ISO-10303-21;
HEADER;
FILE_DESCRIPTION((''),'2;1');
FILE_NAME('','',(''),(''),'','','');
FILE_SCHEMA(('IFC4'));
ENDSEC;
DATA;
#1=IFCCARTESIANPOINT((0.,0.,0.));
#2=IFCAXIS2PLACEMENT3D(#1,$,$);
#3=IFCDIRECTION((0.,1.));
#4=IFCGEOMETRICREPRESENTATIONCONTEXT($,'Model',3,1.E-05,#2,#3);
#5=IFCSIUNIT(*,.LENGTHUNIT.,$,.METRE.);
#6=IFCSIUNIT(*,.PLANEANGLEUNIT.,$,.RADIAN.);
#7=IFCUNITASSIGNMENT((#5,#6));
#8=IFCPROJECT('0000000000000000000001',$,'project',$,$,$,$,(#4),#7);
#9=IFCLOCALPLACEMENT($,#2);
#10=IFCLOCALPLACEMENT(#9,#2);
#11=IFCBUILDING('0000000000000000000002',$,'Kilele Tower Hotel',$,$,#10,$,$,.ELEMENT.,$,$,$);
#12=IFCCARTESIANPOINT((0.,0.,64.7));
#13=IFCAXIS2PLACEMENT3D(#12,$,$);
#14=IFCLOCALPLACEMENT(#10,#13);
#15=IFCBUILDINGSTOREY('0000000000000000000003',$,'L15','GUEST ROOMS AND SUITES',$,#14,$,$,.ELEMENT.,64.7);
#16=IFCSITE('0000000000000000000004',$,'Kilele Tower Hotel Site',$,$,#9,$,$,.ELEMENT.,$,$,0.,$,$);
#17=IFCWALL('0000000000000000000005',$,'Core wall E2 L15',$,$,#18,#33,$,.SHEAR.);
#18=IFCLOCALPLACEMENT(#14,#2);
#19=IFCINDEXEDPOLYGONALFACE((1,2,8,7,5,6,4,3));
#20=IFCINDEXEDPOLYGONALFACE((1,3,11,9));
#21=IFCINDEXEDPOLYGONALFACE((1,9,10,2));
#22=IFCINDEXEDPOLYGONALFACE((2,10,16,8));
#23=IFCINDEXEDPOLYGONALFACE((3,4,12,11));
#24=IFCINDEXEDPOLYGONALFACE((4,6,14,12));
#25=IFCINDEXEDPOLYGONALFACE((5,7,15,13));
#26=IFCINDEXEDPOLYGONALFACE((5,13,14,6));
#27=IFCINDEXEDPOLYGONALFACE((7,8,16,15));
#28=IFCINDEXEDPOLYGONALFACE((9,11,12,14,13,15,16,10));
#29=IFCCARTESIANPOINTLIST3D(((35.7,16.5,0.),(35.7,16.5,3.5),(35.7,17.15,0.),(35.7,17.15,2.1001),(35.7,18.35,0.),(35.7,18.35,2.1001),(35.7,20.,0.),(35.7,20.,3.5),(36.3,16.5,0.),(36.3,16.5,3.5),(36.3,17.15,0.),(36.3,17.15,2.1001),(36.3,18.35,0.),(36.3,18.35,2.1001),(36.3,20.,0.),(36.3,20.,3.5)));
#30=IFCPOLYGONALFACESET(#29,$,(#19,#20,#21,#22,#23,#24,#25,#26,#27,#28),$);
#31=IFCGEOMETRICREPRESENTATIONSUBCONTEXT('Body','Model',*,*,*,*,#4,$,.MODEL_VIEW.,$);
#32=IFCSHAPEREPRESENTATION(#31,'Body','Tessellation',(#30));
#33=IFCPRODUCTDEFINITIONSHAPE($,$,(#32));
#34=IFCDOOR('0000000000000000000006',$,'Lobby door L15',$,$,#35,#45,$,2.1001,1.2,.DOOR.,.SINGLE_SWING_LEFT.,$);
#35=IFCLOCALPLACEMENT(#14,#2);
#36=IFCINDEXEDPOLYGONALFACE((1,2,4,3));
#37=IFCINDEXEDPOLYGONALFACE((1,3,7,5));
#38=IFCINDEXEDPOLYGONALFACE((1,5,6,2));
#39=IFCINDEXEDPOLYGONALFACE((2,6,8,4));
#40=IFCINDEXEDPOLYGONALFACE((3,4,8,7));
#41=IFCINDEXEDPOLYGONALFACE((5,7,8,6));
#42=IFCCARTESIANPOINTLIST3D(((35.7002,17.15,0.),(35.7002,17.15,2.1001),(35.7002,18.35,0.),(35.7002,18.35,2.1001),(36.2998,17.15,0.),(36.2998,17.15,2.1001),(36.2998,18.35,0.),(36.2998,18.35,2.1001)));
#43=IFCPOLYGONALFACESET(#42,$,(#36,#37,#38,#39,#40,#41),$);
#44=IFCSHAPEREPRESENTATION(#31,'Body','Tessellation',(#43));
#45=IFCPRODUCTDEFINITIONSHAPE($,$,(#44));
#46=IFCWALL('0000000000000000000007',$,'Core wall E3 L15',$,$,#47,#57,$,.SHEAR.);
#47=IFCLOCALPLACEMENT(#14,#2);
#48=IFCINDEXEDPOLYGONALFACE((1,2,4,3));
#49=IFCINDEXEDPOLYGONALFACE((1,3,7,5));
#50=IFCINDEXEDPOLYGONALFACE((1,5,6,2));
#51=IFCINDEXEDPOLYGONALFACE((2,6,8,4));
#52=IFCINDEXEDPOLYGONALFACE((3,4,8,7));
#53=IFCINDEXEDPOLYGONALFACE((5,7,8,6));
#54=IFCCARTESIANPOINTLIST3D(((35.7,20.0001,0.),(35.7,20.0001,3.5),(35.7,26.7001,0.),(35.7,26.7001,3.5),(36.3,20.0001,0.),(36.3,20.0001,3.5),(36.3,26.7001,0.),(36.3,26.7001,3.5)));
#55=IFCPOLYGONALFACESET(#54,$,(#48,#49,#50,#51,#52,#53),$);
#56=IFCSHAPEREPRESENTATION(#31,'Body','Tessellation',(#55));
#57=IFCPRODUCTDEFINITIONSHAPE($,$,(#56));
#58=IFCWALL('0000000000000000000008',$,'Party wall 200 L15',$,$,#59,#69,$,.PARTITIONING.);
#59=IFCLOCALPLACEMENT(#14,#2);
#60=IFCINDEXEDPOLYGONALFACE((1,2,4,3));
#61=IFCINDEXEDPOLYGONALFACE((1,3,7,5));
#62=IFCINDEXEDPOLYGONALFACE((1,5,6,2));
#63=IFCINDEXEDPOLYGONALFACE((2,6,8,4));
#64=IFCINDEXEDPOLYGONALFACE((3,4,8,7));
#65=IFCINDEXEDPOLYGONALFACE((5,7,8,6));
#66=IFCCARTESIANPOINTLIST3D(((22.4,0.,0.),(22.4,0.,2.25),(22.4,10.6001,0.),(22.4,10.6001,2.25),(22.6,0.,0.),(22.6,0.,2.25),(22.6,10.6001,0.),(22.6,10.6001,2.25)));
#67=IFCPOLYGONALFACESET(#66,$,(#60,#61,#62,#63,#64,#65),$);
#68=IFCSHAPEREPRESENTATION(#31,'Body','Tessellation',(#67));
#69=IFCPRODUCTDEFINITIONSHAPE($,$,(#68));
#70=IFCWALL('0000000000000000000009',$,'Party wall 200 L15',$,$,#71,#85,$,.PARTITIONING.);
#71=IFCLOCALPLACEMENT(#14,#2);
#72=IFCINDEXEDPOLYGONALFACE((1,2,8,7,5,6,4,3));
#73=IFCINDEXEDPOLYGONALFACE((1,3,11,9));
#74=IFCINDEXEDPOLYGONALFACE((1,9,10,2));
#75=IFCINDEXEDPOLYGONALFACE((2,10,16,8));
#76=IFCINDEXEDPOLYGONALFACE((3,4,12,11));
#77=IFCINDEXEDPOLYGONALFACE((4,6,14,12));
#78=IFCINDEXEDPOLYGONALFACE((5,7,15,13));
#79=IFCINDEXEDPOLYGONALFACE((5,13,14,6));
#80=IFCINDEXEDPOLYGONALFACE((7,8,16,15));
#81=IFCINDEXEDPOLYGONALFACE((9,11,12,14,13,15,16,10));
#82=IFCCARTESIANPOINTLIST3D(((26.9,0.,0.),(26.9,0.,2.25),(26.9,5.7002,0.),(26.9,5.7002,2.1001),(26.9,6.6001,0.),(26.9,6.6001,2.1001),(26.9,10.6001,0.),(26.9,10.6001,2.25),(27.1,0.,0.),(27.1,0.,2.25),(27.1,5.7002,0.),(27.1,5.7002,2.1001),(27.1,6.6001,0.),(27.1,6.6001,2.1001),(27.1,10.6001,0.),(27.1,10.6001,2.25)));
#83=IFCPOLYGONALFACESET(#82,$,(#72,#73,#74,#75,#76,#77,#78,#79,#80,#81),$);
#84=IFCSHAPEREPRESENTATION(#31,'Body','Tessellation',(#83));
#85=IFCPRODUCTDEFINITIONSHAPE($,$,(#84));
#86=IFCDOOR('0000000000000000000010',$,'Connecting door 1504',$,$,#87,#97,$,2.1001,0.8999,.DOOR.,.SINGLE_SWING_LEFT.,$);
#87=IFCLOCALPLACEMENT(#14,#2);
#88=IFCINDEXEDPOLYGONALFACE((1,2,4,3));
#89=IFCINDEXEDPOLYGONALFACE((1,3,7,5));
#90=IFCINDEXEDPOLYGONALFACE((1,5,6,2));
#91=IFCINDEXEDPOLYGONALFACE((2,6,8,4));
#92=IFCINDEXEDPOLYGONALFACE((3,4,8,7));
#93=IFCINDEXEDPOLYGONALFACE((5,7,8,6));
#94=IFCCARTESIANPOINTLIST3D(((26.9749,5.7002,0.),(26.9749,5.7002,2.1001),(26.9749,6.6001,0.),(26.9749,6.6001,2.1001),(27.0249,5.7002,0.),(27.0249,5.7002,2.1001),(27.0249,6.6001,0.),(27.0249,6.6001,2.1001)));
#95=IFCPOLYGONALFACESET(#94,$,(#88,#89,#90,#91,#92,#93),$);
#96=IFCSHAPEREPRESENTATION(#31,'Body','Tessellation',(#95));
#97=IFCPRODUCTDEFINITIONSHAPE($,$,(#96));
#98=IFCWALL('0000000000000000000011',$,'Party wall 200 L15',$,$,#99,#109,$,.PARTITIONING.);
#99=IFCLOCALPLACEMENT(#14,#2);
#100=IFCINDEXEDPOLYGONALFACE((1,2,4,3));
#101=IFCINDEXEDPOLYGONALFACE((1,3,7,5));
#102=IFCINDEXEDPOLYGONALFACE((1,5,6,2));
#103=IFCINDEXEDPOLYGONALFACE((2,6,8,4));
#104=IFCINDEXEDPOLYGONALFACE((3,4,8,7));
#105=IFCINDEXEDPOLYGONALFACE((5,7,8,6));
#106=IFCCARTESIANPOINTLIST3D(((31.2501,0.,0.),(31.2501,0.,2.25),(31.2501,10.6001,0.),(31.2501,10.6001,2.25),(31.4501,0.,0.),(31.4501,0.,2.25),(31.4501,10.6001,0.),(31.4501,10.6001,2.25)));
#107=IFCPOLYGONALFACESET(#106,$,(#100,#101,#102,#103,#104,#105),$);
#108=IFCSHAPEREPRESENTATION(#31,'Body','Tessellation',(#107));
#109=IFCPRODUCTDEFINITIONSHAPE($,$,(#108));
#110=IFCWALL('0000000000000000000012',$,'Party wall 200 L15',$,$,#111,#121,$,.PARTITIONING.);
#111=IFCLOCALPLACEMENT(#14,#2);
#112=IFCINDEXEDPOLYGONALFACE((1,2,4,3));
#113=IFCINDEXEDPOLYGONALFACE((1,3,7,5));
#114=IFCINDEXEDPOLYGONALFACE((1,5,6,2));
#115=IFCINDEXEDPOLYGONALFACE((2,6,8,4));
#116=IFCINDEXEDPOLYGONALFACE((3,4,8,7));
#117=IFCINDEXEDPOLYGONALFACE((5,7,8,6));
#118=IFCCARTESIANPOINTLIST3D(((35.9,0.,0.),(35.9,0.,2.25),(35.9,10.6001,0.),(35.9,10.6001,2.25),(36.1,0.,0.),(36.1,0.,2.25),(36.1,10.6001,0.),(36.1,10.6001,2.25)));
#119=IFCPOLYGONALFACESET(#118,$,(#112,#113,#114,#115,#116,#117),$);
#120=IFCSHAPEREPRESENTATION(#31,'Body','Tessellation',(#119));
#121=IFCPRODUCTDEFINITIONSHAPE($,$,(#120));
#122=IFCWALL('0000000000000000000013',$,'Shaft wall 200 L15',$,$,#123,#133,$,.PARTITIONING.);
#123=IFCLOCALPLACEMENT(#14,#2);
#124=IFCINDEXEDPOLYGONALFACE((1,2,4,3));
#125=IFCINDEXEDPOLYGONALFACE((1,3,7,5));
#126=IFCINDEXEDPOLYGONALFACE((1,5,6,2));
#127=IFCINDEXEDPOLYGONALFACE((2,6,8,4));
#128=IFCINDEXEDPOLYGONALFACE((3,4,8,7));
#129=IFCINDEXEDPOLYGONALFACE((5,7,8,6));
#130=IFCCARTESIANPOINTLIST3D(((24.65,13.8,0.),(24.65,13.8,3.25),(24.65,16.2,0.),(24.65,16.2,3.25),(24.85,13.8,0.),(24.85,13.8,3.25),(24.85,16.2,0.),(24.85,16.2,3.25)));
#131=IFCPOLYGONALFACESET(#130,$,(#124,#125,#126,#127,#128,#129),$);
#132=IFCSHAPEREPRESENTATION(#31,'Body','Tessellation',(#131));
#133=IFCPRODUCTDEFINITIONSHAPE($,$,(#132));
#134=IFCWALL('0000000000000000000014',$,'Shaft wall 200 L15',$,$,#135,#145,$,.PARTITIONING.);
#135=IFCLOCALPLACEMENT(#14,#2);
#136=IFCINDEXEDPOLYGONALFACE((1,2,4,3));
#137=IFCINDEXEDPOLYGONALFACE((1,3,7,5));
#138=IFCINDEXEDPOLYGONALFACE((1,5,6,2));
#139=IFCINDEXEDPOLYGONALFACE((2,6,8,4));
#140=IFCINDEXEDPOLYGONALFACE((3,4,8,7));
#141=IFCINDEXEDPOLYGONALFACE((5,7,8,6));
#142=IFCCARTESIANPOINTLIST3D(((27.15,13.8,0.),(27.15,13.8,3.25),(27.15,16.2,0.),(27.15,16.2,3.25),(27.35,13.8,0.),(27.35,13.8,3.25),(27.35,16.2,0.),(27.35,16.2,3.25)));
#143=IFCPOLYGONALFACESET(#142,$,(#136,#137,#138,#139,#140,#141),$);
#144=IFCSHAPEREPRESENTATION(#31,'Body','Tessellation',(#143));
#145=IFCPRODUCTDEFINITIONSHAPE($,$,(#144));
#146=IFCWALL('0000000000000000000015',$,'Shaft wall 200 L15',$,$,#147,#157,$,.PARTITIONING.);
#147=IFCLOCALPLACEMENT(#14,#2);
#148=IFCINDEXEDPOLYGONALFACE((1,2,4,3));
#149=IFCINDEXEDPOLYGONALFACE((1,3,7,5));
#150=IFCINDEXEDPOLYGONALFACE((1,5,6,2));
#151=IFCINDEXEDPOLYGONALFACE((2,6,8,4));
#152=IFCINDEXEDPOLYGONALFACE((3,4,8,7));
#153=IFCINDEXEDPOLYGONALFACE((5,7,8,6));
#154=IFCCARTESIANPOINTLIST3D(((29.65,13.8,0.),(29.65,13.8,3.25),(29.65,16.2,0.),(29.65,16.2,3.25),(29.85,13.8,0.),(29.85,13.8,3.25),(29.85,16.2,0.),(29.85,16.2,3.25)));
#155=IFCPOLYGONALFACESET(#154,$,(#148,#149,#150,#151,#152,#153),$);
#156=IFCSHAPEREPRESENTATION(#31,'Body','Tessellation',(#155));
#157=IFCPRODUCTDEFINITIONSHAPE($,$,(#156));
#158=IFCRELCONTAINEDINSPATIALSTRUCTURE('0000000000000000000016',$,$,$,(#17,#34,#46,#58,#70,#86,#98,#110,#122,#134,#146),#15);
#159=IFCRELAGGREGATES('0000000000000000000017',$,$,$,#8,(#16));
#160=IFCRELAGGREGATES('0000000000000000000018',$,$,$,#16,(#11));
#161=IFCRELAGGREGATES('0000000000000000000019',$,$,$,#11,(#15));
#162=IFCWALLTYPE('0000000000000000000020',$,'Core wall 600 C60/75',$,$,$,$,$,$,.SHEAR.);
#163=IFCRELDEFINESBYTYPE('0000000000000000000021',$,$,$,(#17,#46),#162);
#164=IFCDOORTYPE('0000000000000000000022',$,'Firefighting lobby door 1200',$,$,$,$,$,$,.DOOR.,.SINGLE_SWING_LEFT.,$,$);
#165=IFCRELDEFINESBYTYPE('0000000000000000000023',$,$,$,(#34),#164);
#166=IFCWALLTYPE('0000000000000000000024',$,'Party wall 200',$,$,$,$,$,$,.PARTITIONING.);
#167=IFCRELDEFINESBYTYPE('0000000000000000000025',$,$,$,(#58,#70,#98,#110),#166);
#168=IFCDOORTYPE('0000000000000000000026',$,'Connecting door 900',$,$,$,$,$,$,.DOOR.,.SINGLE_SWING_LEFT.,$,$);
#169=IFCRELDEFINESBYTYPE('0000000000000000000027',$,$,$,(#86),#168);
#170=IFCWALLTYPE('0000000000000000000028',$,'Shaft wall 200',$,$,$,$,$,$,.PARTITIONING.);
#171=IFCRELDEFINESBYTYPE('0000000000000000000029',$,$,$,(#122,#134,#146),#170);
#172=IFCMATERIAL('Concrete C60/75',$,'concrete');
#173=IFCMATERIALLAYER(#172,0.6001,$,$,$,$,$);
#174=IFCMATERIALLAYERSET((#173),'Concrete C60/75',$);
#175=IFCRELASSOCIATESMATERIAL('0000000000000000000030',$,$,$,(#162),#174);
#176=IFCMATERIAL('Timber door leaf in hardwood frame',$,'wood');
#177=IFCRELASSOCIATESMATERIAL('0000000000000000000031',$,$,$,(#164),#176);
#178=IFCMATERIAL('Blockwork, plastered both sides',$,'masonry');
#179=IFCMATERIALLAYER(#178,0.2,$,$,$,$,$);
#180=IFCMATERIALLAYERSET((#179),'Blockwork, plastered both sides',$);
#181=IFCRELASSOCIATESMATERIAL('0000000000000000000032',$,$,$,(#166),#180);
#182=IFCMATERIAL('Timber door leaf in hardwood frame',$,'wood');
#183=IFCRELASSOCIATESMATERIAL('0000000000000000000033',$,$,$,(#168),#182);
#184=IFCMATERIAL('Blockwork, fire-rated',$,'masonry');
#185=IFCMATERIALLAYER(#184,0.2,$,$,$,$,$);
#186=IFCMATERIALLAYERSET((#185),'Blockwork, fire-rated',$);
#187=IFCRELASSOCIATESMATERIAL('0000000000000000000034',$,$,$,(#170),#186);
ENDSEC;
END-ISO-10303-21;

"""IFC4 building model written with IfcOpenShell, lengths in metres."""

from ifc_helpers import new_model, si_unit, direction, frame, frame_2d, origin, place, context, subcontext, project, spatial, rectangle, extrude, material, layer, layer_set, type_object, element, fill, save


model = new_model("IFC4")

# Units and contexts
model_context = context("Model", 3, precision=1e-05, world=origin(), true_north=direction((0.0, 1.0)))
body_context = subcontext(model_context, "Body", "Model", "MODEL_VIEW")
ifc_project = project(units=[si_unit("LENGTHUNIT", "METRE"), si_unit("PLANEANGLEUNIT", "RADIAN")], contexts=[model_context])

# Site, building, storey
site_placement = place(None, origin())
site = spatial("IfcSite", under=ifc_project, at=site_placement, Name="Kilele Tower Hotel Site", CompositionType="ELEMENT", RefElevation=0.0)
building_placement = place(site_placement, origin())
building = spatial("IfcBuilding", under=site, at=building_placement, Name="Kilele Tower Hotel", CompositionType="ELEMENT")
storey_placement = place(building_placement, frame((0.0, 0.0, 64.7)))
storey = spatial("IfcBuildingStorey", under=building, at=storey_placement, Name="L15", Description="GUEST ROOMS AND SUITES", CompositionType="ELEMENT", Elevation=64.7)

# Shared definitions
ifc_material_1 = material(Name="Concrete C60/75", Category="concrete")
ifc_layer_1 = layer(ifc_material_1, 0.6001)
ifc_layer_set_1 = layer_set([ifc_layer_1], Name="Concrete C60/75")
wall_type_1 = type_object("IfcWallType", Name="Core wall 600 C60/75", PredefinedType="SHEAR", material=ifc_layer_set_1)
ifc_material_2 = material(Name="Timber door leaf in hardwood frame", Category="wood")
door_type_1 = type_object("IfcDoorType", Name="Firefighting lobby door 1200", OperationType="SINGLE_SWING_LEFT", PredefinedType="DOOR", material=ifc_material_2)

# Wall, opening, door
wall_1_placement = place(storey_placement, frame((36.0, 16.5, 0.0), z_axis=(0.0, 0.0, 1.0), x_axis=(0.0, 1.0, 0.0)))
wall_1 = element("IfcWall", 1, at=wall_1_placement, inside=storey, type_object=wall_type_1, Name="Core wall E2 L15", PredefinedType="SHEAR", context=body_context, shape_type="SweptSolid", body=[
    extrude(rectangle(XDim=3.5, YDim=0.6001, at=frame_2d((1.75, 0.0))), origin(), (0.0, 0.0, 1.0), 3.5),
])
opening_1_placement = place(wall_1_placement, frame((0.6499, 0.0, 0.0)))
opening_1 = element("IfcOpeningElement", 2, at=opening_1_placement, cuts=wall_1, PredefinedType="OPENING", context=body_context, shape_type="SweptSolid", body=[
    extrude(rectangle(XDim=1.2, YDim=2.1001, at=frame_2d((0.6001, 1.05))), frame((0.0, 0.3101, 0.0), z_axis=(0.0, -1.0, 0.0), x_axis=(1.0, 0.0, 0.0)), (0.0, 0.0, 1.0), 0.6201),
])
door_1_placement = place(opening_1_placement, origin())
door_1 = element("IfcDoor", 3, at=door_1_placement, inside=storey, type_object=door_type_1, Name="Lobby door L15", OperationType="SINGLE_SWING_LEFT", OverallHeight=2.1001, OverallWidth=1.2, PredefinedType="DOOR", context=body_context, shape_type="SweptSolid", body=[
    extrude(rectangle(XDim=1.2, YDim=2.1001, at=frame_2d((0.6001, 1.05))), frame((0.0, 0.2998, 0.0), z_axis=(0.0, -1.0, 0.0), x_axis=(1.0, 0.0, 0.0)), (0.0, 0.0, 1.0), 0.5996),
])
fill(opening_1, door_1)

# Walls
wall_2_placement = place(storey_placement, frame((36.0, 20.0, 0.0), z_axis=(0.0, 0.0, 1.0), x_axis=(0.0, 1.0, 0.0)))
element("IfcWall", 4, at=wall_2_placement, inside=storey, type_object=wall_type_1, Name="Core wall E3 L15", PredefinedType="SHEAR", context=body_context, shape_type="SweptSolid", body=[
    extrude(rectangle(XDim=6.7, YDim=0.6001, at=frame_2d((3.3501, 0.0))), origin(), (0.0, 0.0, 1.0), 3.5),
])
ifc_material_3 = material(Name="Blockwork, plastered both sides", Category="masonry")
ifc_layer_2 = layer(ifc_material_3, 0.2)
ifc_layer_set_2 = layer_set([ifc_layer_2], Name="Blockwork, plastered both sides")
wall_type_2 = type_object("IfcWallType", Name="Party wall 200", PredefinedType="PARTITIONING", material=ifc_layer_set_2)
wall_3_placement = place(storey_placement, frame((22.5, 10.6001, 0.0), z_axis=(0.0, 0.0, 1.0), x_axis=(0.0, -1.0, 0.0)))
element("IfcWall", 5, at=wall_3_placement, inside=storey, type_object=wall_type_2, Name="Party wall 200 L15", PredefinedType="PARTITIONING", context=body_context, shape_type="SweptSolid", body=[
    extrude(rectangle(XDim=10.6001, YDim=0.2, at=frame_2d((5.3, 0.0))), origin(), (0.0, 0.0, 1.0), 2.25),
])

# Wall, opening, door
wall_4_placement = place(storey_placement, frame((27.0, 10.6001, 0.0), z_axis=(0.0, 0.0, 1.0), x_axis=(0.0, -1.0, 0.0)))
wall_4 = element("IfcWall", 6, at=wall_4_placement, inside=storey, type_object=wall_type_2, Name="Party wall 200 L15", PredefinedType="PARTITIONING", context=body_context, shape_type="SweptSolid", body=[
    extrude(rectangle(XDim=10.6001, YDim=0.2, at=frame_2d((5.3, 0.0))), origin(), (0.0, 0.0, 1.0), 2.25),
])
opening_2_placement = place(wall_4_placement, frame((4.0, 0.0, 0.0)))
opening_2 = element("IfcOpeningElement", 7, at=opening_2_placement, cuts=wall_4, PredefinedType="OPENING", context=body_context, shape_type="SweptSolid", body=[
    extrude(rectangle(XDim=0.8999, YDim=2.1001, at=frame_2d((0.45, 1.05))), frame((0.0, 0.1099, 0.0), z_axis=(0.0, -1.0, 0.0), x_axis=(1.0, 0.0, 0.0)), (0.0, 0.0, 1.0), 0.22),
])
ifc_material_4 = material(Name="Timber door leaf in hardwood frame", Category="wood")
door_type_2 = type_object("IfcDoorType", Name="Connecting door 900", OperationType="SINGLE_SWING_LEFT", PredefinedType="DOOR", material=ifc_material_4)
door_2_placement = place(opening_2_placement, origin())
door_2 = element("IfcDoor", 8, at=door_2_placement, inside=storey, type_object=door_type_2, Name="Connecting door 1504", OperationType="SINGLE_SWING_LEFT", OverallHeight=2.1001, OverallWidth=0.8999, PredefinedType="DOOR", context=body_context, shape_type="SweptSolid", body=[
    extrude(rectangle(XDim=0.8999, YDim=2.1001, at=frame_2d((0.45, 1.05))), frame((0.0, 0.0249, 0.0), z_axis=(0.0, -1.0, 0.0), x_axis=(1.0, 0.0, 0.0)), (0.0, 0.0, 1.0), 0.05),
])
fill(opening_2, door_2)

# Walls
for number, where, z_axis, x_axis, name in (
    (9, (31.3501, 10.6001, 0.0), (0.0, 0.0, 1.0), (0.0, -1.0, 0.0), "Party wall 200 L15"),
    (10, (36.0, 10.6001, 0.0), (0.0, 0.0, 1.0), (0.0, -1.0, 0.0), "Party wall 200 L15"),
):
    element("IfcWall", number, at=place(storey_placement, frame(where, z_axis=z_axis, x_axis=x_axis)), inside=storey, type_object=wall_type_2, Name=name, PredefinedType="PARTITIONING", context=body_context, shape_type="SweptSolid", body=[
        extrude(rectangle(XDim=10.6001, YDim=0.2, at=frame_2d((5.3, 0.0))), origin(), (0.0, 0.0, 1.0), 2.25),
    ])
ifc_material_5 = material(Name="Blockwork, fire-rated", Category="masonry")
ifc_layer_3 = layer(ifc_material_5, 0.2)
ifc_layer_set_3 = layer_set([ifc_layer_3], Name="Blockwork, fire-rated")
wall_type_3 = type_object("IfcWallType", Name="Shaft wall 200", PredefinedType="PARTITIONING", material=ifc_layer_set_3)
for number, where, z_axis, x_axis, name in (
    (11, (24.75, 13.8, 0.0), (0.0, 0.0, 1.0), (0.0, 1.0, 0.0), "Shaft wall 200 L15"),
    (12, (27.25, 13.8, 0.0), (0.0, 0.0, 1.0), (0.0, 1.0, 0.0), "Shaft wall 200 L15"),
    (13, (29.75, 13.8, 0.0), (0.0, 0.0, 1.0), (0.0, 1.0, 0.0), "Shaft wall 200 L15"),
):
    element("IfcWall", number, at=place(storey_placement, frame(where, z_axis=z_axis, x_axis=x_axis)), inside=storey, type_object=wall_type_3, Name=name, PredefinedType="PARTITIONING", context=body_context, shape_type="SweptSolid", body=[
        extrude(rectangle(XDim=2.3999, YDim=0.2, at=frame_2d((1.2, 0.0))), origin(), (0.0, 0.0, 1.0), 3.25),
    ])

save(model, "model.ifc")
